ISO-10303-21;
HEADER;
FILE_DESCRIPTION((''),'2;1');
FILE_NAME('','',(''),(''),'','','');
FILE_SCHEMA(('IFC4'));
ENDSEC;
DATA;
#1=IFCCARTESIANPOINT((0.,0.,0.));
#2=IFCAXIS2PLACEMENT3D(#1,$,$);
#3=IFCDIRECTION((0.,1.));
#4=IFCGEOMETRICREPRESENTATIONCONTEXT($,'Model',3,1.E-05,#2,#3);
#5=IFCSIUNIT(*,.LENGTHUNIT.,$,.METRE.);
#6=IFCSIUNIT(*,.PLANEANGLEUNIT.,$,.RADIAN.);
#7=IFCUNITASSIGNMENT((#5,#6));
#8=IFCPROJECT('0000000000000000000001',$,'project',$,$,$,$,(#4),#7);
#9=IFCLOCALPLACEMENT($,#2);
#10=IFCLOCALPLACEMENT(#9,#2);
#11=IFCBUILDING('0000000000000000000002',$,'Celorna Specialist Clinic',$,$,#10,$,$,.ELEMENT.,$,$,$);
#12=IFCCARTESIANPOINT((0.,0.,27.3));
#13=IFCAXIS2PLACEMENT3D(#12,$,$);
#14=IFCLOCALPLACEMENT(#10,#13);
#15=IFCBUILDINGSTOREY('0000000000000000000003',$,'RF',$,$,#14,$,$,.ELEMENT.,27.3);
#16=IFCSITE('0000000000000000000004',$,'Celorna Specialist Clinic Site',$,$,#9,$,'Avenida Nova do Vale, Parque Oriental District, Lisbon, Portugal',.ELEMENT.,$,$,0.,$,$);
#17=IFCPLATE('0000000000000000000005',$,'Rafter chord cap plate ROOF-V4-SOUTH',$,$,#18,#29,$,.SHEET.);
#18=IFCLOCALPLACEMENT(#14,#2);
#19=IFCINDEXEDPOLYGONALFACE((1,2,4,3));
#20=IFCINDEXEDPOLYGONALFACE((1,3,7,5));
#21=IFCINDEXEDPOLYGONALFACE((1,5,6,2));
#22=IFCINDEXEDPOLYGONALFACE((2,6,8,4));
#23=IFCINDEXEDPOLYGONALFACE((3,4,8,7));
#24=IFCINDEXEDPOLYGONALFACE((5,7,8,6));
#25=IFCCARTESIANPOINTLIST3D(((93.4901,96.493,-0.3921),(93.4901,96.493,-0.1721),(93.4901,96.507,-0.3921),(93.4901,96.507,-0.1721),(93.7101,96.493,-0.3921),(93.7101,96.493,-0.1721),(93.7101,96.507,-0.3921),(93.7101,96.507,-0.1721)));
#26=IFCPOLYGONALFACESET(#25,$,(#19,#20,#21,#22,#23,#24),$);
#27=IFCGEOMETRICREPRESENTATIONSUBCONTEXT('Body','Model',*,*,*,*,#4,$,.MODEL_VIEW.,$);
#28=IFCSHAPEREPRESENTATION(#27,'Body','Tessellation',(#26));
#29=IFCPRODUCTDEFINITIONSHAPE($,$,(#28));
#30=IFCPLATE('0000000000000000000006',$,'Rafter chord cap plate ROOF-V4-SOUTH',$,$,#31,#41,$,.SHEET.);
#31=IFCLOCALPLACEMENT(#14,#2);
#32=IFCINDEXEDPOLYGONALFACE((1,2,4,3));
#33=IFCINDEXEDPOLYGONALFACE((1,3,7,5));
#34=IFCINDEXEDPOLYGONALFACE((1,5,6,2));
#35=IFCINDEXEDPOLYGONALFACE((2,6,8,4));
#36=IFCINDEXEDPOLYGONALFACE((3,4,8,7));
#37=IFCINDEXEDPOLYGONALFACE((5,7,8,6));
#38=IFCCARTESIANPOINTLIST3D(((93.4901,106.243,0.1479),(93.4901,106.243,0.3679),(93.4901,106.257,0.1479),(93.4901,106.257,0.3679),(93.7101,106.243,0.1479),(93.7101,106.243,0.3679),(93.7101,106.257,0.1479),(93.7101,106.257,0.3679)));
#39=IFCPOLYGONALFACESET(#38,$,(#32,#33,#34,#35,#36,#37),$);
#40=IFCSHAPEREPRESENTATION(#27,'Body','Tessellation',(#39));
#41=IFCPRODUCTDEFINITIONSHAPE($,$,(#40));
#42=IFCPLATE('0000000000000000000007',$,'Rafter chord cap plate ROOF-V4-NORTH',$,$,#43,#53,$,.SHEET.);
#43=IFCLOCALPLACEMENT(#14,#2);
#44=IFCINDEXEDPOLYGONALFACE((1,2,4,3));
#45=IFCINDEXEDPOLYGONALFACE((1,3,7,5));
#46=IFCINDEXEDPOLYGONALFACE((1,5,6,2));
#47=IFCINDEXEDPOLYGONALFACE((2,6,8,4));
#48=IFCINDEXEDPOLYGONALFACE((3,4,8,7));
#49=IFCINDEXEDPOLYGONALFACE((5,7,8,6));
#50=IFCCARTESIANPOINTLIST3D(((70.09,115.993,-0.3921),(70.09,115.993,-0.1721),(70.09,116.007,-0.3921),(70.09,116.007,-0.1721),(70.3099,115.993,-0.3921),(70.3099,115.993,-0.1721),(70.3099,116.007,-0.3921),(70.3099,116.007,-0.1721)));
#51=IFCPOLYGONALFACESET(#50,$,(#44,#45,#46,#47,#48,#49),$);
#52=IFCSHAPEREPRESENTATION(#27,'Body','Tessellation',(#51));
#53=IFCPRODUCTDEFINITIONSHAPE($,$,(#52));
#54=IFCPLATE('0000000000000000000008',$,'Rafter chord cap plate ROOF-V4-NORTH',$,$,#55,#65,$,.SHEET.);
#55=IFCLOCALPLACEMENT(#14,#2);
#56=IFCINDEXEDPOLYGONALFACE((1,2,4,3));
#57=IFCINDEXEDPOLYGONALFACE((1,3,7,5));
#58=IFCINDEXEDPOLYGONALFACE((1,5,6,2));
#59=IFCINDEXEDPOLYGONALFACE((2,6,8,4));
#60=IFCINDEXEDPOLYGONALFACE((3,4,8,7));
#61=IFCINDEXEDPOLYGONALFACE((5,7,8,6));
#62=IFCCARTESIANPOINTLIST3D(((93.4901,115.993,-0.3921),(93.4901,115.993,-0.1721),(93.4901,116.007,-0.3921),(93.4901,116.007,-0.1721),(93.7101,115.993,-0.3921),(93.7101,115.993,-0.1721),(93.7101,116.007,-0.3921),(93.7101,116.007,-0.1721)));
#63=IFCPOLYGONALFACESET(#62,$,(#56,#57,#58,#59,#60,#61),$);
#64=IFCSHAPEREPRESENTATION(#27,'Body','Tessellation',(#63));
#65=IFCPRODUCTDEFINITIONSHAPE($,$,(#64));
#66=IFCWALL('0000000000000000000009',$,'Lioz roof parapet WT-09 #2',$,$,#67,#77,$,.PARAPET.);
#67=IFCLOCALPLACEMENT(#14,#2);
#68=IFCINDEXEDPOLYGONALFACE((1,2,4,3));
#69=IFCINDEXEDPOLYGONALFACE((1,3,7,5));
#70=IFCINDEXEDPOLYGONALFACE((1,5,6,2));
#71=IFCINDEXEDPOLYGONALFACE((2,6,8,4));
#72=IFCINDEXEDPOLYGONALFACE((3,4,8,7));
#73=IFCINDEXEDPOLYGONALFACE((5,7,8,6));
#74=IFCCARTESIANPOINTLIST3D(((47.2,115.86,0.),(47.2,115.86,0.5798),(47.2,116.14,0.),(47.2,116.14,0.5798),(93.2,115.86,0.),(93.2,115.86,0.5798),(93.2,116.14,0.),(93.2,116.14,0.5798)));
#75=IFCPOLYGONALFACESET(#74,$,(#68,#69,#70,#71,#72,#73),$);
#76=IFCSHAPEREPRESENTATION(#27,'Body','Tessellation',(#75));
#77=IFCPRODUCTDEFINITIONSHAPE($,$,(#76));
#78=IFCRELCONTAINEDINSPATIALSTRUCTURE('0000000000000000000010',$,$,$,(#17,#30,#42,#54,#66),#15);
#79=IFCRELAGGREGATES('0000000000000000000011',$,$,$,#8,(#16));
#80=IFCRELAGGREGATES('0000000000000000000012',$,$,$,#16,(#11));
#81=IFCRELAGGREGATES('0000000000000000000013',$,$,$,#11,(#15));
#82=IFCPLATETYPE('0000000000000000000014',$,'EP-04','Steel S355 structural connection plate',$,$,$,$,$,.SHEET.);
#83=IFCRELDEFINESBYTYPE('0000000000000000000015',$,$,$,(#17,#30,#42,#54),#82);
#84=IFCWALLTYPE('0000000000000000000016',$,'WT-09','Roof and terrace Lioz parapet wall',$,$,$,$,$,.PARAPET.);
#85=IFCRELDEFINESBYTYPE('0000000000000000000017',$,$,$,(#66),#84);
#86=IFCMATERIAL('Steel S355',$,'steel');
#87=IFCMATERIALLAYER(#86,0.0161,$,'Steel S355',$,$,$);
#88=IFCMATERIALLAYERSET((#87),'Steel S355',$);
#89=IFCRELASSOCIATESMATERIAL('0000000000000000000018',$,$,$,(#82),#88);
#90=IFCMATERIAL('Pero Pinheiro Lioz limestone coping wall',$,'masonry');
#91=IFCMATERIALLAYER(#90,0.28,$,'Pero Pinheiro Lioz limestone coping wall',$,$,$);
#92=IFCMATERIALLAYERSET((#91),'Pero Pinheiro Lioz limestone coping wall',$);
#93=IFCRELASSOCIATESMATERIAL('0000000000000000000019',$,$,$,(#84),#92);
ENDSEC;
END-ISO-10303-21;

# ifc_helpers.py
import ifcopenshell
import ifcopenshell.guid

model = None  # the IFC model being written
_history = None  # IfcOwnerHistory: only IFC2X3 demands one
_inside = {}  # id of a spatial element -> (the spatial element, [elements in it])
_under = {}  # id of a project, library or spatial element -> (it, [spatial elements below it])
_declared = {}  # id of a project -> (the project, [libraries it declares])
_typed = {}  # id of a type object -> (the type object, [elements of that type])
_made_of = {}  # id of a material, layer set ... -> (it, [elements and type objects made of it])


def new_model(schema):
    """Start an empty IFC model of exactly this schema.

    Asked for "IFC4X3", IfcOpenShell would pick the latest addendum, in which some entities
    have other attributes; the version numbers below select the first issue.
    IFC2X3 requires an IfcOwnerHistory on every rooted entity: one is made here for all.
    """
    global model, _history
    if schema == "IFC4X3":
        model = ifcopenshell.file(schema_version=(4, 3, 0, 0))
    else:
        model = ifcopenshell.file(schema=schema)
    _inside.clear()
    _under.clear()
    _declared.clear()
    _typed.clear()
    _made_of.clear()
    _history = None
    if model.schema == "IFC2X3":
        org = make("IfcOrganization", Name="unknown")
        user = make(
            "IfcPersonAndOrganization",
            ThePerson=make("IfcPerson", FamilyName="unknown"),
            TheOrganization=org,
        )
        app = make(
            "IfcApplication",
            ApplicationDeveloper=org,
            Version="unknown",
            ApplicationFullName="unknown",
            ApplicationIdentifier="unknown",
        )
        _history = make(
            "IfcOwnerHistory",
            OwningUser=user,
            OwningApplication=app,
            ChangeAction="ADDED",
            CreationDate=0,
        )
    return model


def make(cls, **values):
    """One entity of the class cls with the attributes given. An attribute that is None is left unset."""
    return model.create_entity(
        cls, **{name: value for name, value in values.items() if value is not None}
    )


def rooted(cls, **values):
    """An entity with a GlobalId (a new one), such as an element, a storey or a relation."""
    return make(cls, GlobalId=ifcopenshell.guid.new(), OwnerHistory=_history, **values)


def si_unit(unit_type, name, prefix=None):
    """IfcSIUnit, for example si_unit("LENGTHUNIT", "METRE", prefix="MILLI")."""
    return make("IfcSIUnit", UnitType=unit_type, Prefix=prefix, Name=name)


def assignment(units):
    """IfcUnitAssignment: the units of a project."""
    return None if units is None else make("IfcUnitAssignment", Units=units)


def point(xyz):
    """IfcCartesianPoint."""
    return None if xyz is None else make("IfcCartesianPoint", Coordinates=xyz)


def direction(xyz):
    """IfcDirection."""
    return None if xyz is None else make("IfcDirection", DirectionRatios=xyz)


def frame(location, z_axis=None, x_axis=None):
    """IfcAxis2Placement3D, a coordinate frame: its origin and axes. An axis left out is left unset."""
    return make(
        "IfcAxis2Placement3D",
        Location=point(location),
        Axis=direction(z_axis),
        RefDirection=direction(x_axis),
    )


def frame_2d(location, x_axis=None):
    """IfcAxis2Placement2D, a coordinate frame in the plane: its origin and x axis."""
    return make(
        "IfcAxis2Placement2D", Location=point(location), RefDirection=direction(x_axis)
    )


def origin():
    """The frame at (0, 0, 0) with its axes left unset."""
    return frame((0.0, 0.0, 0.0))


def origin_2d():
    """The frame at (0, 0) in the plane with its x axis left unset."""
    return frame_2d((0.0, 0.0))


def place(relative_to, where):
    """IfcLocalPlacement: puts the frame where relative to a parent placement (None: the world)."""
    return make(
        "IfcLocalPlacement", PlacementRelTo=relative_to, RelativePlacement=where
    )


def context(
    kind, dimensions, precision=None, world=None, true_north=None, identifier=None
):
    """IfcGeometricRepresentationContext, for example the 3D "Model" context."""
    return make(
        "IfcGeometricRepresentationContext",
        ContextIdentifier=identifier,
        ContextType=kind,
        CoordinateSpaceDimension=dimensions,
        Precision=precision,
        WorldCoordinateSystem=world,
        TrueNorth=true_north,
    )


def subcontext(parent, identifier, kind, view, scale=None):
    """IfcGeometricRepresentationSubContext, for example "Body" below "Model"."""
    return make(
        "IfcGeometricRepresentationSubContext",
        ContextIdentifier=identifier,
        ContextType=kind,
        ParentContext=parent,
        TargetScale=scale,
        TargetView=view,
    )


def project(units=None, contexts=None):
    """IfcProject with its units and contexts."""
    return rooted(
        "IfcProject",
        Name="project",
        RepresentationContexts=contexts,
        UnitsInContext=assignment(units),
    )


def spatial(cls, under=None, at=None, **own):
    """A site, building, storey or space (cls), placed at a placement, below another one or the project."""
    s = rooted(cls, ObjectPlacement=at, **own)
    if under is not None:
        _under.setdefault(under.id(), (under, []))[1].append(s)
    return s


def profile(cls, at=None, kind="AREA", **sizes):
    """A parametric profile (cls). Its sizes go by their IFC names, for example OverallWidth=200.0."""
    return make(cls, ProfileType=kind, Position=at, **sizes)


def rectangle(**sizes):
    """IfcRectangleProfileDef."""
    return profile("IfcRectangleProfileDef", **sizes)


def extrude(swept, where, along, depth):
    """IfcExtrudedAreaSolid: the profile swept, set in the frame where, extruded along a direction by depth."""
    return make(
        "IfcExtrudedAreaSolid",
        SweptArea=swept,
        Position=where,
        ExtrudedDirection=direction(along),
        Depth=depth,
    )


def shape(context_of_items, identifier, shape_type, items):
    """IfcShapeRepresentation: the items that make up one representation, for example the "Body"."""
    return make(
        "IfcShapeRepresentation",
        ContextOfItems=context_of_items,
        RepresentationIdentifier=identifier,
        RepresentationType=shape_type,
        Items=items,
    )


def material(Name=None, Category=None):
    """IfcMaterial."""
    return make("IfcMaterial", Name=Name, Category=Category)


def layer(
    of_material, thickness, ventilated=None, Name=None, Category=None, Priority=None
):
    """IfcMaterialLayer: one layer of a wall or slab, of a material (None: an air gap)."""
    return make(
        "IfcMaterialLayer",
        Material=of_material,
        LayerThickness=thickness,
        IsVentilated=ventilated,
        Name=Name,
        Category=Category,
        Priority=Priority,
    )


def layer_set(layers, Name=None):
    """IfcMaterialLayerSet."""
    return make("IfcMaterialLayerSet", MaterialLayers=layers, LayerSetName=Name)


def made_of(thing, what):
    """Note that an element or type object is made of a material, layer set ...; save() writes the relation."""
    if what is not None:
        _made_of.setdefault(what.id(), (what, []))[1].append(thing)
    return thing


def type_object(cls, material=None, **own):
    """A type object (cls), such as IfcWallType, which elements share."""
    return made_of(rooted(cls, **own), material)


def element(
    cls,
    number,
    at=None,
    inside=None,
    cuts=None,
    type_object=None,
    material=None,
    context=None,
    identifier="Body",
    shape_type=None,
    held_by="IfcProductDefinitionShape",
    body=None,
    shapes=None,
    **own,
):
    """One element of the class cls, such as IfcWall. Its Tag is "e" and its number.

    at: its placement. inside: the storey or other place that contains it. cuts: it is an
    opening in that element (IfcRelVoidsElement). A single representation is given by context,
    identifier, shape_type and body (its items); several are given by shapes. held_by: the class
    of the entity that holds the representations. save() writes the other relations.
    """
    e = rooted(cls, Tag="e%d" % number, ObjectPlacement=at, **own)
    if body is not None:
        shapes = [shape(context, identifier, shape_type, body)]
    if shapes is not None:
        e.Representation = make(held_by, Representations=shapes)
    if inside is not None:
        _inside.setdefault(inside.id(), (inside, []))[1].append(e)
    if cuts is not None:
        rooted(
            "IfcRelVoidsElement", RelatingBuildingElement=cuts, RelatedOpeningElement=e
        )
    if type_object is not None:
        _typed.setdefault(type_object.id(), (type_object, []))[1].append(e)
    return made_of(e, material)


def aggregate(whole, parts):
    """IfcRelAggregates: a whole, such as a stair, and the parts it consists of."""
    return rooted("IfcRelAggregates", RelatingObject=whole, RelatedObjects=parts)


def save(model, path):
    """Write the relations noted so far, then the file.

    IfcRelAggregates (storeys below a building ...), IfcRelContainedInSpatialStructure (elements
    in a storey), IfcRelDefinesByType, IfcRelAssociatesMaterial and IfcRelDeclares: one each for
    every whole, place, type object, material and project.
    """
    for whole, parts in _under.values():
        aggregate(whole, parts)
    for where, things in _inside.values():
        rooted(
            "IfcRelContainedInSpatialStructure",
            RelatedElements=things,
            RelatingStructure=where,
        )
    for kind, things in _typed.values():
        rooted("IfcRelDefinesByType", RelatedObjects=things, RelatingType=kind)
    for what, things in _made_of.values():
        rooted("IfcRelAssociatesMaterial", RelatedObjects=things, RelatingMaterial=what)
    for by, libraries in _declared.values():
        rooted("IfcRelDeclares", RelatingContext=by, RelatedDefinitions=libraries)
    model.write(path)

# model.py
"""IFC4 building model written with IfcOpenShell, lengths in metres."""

from ifc_helpers import new_model, si_unit, direction, frame, frame_2d, origin, origin_2d, place, context, subcontext, project, spatial, rectangle, extrude, material, layer, layer_set, type_object, element, save


model = new_model("IFC4")

# Units and contexts
model_context = context("Model", 3, precision=1e-05, world=origin(), true_north=direction((0.0, 1.0)))
body_context = subcontext(model_context, "Body", "Model", "MODEL_VIEW")
ifc_project = project(units=[si_unit("LENGTHUNIT", "METRE"), si_unit("PLANEANGLEUNIT", "RADIAN")], contexts=[model_context])

# Site, building, storey
site_placement = place(None, origin())
site = spatial("IfcSite", under=ifc_project, at=site_placement, Name="Celorna Specialist Clinic Site", LongName="Avenida Nova do Vale, Parque Oriental District, Lisbon, Portugal", CompositionType="ELEMENT", RefElevation=0.0)
building_placement = place(site_placement, origin())
building = spatial("IfcBuilding", under=site, at=building_placement, Name="Celorna Specialist Clinic", CompositionType="ELEMENT")
storey_placement = place(building_placement, frame((0.0, 0.0, 27.3)))
storey = spatial("IfcBuildingStorey", under=building, at=storey_placement, Name="RF", CompositionType="ELEMENT", Elevation=27.3)

# Shared definitions
ifc_material_1 = material(Name="Steel S355", Category="steel")

# Plates
ifc_layer_1 = layer(ifc_material_1, 0.0161, Name="Steel S355")
ifc_layer_set_1 = layer_set([ifc_layer_1], Name="Steel S355")
plate_type = type_object("IfcPlateType", Name="EP-04", Description="Steel S355 structural connection plate", PredefinedType="SHEET", material=ifc_layer_set_1)
for number, where, z_axis, x_axis, name in (
    (1, (93.6001, 96.5, -0.3921), (0.0, 0.0, 1.0), (1.0, 0.0, 0.0), "Rafter chord cap plate ROOF-V4-SOUTH"),
    (2, (93.6001, 106.25, 0.1479), (0.0, 0.0, 1.0), (1.0, 0.0, 0.0), "Rafter chord cap plate ROOF-V4-SOUTH"),
    (3, (70.2, 116.0, -0.3921), (0.0, 0.0, 1.0), (1.0, 0.0, 0.0), "Rafter chord cap plate ROOF-V4-NORTH"),
    (4, (93.6001, 116.0, -0.3921), (0.0, 0.0, 1.0), (1.0, 0.0, 0.0), "Rafter chord cap plate ROOF-V4-NORTH"),
):
    element("IfcPlate", number, at=place(storey_placement, frame(where, z_axis=z_axis, x_axis=x_axis)), inside=storey, type_object=plate_type, Name=name, PredefinedType="SHEET", context=body_context, shape_type="SweptSolid", body=[
        extrude(rectangle(XDim=0.22, YDim=0.0139, at=origin_2d()), origin(), (0.0, 0.0, 1.0), 0.22),
    ])

# Wall
ifc_material_2 = material(Name="Pero Pinheiro Lioz limestone coping wall", Category="masonry")
ifc_layer_2 = layer(ifc_material_2, 0.28, Name="Pero Pinheiro Lioz limestone coping wall")
ifc_layer_set_2 = layer_set([ifc_layer_2], Name="Pero Pinheiro Lioz limestone coping wall")
wall_type = type_object("IfcWallType", Name="WT-09", Description="Roof and terrace Lioz parapet wall", PredefinedType="PARAPET", material=ifc_layer_set_2)
wall_placement = place(storey_placement, frame((93.2, 116.0, 0.0), z_axis=(0.0, 0.0, 1.0), x_axis=(-1.0, 0.0, 0.0)))
element("IfcWall", 5, at=wall_placement, inside=storey, type_object=wall_type, Name="Lioz roof parapet WT-09 #2", PredefinedType="PARAPET", context=body_context, shape_type="SweptSolid", body=[
    extrude(rectangle(XDim=46.0, YDim=0.28, at=frame_2d((23.0, 0.0))), origin(), (0.0, 0.0, 1.0), 0.5798),
])

save(model, "model.ifc")
